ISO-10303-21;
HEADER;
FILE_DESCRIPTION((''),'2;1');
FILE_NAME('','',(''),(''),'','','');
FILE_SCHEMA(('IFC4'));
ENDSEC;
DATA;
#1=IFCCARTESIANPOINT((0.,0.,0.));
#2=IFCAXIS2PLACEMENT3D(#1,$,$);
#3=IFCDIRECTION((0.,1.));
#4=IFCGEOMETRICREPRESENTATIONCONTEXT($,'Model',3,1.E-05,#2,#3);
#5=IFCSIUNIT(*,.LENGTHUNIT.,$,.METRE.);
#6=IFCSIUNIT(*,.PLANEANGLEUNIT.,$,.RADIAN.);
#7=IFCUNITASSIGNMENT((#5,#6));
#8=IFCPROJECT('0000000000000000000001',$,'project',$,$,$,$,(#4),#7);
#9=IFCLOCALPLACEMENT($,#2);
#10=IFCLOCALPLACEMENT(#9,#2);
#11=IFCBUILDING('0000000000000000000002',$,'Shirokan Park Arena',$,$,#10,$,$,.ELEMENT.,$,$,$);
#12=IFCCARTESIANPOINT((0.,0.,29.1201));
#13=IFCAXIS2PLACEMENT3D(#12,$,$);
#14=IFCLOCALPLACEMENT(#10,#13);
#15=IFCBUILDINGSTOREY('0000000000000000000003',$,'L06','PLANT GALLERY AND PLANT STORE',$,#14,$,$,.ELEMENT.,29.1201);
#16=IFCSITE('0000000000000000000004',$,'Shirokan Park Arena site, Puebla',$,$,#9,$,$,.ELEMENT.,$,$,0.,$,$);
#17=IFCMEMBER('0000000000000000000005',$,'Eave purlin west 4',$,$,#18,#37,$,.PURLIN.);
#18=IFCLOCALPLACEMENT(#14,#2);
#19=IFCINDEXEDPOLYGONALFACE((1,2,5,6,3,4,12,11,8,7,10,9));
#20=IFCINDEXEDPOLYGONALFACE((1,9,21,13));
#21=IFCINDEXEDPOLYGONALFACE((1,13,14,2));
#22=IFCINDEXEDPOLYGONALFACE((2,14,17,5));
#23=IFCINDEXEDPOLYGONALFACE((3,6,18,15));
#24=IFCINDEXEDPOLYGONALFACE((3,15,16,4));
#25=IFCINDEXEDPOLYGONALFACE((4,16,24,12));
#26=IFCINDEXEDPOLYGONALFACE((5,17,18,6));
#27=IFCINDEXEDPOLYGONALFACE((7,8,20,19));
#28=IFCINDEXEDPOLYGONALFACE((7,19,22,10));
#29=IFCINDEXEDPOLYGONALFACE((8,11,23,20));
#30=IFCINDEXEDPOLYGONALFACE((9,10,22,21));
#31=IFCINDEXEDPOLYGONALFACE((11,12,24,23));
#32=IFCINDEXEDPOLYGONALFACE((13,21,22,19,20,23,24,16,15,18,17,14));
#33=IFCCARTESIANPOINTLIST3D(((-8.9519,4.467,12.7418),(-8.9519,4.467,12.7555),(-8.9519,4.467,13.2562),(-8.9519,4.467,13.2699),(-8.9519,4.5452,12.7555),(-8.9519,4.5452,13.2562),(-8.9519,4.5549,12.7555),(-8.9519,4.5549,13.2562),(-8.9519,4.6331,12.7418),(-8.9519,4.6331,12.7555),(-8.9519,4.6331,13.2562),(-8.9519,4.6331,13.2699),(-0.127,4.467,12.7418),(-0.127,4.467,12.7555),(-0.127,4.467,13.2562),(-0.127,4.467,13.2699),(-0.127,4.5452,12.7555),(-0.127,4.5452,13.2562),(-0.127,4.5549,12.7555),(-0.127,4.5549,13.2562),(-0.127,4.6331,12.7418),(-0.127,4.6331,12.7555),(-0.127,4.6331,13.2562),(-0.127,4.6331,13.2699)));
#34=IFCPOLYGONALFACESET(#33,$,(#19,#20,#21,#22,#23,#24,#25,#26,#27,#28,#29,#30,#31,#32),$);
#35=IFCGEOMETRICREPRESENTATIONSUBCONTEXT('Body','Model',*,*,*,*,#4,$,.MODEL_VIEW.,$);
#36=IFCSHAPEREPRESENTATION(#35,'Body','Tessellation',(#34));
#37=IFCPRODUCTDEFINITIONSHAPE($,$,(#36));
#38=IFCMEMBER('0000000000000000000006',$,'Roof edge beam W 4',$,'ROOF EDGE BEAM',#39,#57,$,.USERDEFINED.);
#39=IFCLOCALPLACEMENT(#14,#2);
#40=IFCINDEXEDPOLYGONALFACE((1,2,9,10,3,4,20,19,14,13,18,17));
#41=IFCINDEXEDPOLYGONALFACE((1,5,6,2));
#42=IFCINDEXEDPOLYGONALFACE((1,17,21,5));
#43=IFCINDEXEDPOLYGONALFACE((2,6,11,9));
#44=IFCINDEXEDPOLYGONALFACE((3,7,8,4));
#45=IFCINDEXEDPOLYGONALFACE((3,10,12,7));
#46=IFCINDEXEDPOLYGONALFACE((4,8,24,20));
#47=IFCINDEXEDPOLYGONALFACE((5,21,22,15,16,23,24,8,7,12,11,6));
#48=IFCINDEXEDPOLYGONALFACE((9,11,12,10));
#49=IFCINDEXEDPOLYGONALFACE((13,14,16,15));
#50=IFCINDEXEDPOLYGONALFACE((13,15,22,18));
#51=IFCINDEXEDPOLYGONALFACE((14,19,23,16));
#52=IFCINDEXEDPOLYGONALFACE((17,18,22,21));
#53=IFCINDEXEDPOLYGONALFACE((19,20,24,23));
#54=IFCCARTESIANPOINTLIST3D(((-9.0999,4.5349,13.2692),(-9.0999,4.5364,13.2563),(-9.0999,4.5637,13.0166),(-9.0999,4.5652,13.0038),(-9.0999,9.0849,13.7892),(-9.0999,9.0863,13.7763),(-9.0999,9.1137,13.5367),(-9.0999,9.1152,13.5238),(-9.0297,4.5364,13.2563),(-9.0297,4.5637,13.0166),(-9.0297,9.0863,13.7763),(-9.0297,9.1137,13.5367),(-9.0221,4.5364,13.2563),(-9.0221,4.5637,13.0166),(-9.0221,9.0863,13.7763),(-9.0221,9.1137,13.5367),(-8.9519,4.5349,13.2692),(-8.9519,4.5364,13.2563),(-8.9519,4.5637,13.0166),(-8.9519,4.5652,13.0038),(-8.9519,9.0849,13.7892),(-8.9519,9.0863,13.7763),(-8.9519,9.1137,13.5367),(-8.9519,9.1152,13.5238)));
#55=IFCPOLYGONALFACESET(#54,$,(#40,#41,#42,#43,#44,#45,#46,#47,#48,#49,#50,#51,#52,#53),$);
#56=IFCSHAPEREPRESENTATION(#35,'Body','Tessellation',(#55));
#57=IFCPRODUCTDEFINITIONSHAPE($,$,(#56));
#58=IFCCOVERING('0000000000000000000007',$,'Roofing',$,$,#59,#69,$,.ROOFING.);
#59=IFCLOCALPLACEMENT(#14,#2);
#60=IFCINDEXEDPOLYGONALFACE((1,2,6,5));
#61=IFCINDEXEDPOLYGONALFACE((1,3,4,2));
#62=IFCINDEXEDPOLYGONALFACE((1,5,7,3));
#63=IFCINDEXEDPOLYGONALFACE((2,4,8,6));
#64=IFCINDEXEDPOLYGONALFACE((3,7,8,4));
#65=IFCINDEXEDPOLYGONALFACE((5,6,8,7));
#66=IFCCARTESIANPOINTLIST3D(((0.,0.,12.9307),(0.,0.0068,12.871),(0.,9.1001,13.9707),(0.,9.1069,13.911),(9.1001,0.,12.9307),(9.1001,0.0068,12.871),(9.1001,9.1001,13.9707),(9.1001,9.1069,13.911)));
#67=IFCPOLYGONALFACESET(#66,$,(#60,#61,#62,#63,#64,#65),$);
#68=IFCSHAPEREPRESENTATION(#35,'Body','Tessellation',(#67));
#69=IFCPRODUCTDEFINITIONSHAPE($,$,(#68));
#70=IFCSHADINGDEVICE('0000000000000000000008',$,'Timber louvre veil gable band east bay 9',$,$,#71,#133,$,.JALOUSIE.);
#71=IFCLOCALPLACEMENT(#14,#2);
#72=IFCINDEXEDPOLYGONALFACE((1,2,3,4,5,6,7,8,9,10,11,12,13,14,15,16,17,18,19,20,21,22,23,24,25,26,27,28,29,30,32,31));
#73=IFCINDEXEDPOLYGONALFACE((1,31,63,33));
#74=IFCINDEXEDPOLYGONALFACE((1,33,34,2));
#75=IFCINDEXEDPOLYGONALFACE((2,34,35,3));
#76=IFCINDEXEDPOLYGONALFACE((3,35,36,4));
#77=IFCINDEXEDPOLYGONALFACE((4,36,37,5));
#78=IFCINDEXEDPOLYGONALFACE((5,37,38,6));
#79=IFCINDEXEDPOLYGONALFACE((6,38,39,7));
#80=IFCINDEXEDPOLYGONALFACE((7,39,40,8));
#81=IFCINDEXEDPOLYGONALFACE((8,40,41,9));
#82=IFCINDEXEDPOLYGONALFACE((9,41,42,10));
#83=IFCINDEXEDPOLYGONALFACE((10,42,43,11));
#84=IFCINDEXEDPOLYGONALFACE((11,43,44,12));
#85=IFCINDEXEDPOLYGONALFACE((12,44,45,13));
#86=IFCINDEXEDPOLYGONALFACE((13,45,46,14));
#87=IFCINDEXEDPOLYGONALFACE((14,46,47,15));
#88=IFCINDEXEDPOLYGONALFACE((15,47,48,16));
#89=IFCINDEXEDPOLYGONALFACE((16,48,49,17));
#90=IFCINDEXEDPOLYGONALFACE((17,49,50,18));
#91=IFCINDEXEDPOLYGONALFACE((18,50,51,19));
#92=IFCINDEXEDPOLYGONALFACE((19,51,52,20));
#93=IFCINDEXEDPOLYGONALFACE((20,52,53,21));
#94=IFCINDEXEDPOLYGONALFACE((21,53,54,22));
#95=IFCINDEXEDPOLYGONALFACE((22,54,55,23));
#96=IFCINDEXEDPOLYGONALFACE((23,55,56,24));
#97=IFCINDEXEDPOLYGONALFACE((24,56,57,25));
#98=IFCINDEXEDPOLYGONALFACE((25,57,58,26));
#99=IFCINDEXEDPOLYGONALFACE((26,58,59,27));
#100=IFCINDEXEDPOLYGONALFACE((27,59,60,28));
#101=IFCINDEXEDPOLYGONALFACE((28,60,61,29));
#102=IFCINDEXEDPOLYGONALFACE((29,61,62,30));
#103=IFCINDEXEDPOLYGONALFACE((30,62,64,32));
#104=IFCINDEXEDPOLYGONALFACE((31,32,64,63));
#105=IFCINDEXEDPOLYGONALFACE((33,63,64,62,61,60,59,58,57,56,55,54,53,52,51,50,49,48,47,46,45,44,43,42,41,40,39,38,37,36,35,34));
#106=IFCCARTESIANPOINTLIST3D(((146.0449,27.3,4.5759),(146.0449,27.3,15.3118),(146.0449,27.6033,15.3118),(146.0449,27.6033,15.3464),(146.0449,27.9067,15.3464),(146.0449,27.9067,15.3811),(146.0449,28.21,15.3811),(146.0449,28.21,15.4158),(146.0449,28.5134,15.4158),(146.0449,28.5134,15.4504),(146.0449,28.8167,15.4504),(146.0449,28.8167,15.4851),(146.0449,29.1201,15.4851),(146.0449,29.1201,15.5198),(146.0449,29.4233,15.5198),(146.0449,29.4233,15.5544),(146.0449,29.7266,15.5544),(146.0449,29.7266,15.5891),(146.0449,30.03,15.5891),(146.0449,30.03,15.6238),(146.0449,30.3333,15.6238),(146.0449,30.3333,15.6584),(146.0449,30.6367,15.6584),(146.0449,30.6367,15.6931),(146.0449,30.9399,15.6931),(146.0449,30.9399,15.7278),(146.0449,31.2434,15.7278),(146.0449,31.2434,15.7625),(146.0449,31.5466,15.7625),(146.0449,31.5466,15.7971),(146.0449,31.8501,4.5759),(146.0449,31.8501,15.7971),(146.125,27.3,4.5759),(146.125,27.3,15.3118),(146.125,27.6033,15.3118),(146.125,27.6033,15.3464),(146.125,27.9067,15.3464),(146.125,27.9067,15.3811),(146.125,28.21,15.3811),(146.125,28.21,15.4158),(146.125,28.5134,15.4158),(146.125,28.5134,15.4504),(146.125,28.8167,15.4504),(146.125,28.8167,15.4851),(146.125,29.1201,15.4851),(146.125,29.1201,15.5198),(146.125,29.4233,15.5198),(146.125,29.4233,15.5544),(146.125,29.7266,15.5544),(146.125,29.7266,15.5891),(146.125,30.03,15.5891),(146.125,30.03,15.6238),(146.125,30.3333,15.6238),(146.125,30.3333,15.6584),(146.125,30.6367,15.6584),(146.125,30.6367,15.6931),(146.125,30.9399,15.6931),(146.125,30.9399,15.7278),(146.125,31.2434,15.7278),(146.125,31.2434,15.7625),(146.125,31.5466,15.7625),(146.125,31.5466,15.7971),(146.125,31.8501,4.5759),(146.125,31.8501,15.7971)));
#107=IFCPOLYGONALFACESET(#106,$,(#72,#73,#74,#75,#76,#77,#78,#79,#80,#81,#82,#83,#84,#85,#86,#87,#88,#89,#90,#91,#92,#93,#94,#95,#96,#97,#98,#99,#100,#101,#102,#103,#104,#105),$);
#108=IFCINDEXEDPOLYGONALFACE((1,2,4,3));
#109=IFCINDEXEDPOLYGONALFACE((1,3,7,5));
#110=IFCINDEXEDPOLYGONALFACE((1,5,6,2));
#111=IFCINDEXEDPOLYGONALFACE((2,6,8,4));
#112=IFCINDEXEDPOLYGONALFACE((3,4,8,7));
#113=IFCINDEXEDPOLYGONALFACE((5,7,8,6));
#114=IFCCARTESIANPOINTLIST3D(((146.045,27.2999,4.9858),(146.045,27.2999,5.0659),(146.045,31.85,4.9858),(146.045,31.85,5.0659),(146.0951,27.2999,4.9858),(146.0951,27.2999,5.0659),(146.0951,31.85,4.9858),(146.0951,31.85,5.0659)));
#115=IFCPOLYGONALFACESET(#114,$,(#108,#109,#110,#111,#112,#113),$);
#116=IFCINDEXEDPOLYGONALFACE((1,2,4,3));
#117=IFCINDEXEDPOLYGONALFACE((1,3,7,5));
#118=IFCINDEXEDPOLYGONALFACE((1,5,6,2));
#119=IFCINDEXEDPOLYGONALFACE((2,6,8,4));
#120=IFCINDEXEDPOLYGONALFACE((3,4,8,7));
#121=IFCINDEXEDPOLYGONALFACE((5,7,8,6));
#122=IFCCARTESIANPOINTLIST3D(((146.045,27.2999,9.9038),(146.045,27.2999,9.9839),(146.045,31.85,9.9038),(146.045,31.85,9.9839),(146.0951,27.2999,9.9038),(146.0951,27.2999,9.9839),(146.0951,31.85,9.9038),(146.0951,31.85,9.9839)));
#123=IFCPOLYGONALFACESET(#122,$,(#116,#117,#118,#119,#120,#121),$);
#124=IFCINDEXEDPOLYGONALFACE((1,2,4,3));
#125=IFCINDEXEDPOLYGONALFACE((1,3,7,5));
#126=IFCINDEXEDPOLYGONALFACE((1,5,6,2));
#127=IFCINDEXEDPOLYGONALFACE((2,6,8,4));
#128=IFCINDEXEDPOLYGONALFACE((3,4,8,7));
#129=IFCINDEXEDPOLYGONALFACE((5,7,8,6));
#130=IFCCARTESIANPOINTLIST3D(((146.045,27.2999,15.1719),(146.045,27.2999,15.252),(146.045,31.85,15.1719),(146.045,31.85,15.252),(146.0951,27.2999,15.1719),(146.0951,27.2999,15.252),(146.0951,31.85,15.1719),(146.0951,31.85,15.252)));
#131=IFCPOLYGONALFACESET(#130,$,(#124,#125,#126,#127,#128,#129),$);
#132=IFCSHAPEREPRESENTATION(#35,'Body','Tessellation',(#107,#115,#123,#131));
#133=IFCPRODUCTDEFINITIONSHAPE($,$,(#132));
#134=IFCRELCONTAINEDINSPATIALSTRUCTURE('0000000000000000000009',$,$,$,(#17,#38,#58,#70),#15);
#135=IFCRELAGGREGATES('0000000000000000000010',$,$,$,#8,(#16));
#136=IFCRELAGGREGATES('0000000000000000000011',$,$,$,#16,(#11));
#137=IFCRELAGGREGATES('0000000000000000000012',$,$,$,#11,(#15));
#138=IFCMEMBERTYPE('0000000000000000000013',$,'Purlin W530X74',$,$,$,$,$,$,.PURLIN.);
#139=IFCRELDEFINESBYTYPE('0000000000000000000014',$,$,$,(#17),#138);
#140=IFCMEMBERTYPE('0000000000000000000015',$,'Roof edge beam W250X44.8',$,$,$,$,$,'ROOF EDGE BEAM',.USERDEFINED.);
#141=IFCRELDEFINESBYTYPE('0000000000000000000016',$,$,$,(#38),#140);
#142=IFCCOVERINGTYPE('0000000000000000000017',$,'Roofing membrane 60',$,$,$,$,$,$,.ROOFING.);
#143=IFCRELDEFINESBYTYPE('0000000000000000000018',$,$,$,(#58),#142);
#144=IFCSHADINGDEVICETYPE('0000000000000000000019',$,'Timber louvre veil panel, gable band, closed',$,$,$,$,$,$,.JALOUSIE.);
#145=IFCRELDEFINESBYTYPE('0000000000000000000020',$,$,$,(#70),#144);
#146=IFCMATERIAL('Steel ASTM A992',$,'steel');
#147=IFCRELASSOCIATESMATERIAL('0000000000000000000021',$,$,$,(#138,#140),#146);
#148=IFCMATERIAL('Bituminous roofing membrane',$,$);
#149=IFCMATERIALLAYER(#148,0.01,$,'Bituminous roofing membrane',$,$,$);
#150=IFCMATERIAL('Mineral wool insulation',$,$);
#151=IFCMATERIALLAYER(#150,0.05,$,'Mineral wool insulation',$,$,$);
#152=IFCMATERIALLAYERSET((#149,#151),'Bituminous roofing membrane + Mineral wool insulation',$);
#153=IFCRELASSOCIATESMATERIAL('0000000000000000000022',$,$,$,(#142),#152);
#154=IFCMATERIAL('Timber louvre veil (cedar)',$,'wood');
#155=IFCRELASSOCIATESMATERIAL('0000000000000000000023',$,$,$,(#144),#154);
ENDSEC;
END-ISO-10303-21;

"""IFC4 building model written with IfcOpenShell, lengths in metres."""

from ifc_helpers import new_model, si_unit, direction, frame, origin, origin_2d, place, context, subcontext, project, spatial, polyline, rectangle, i_section, outline, extrude, material, layer, layer_set, material_profile, profile_set, type_object, element, save


model = new_model("IFC4")

# Units and contexts
model_context = context("Model", 3, precision=1e-05, world=origin(), true_north=direction((0.0, 1.0)))
body_context = subcontext(model_context, "Body", "Model", "MODEL_VIEW")
ifc_project = project(units=[si_unit("LENGTHUNIT", "METRE"), si_unit("PLANEANGLEUNIT", "RADIAN")], contexts=[model_context])

# Site, building, storey
site_placement = place(None, origin())
site = spatial("IfcSite", under=ifc_project, at=site_placement, Name="Shirokan Park Arena site, Puebla", CompositionType="ELEMENT", RefElevation=0.0)
building_placement = place(site_placement, origin())
building = spatial("IfcBuilding", under=site, at=building_placement, Name="Shirokan Park Arena", CompositionType="ELEMENT")
storey_placement = place(building_placement, frame((0.0, 0.0, 29.1201)))
storey = spatial("IfcBuildingStorey", under=building, at=storey_placement, Name="L06", Description="PLANT GALLERY AND PLANT STORE", CompositionType="ELEMENT", Elevation=29.1201)

# Members
ifc_material_1 = material(Name="Steel ASTM A992", Category="steel")
ifc_material_profile_1 = material_profile(ifc_material_1, i_section(OverallWidth=0.166, OverallDepth=0.5281, WebThickness=0.0098, FlangeThickness=0.0137, at=origin_2d()), Name="W530X74")
ifc_profile_set_1 = profile_set([ifc_material_profile_1], Name="Steel ASTM A992")
member_type_1 = type_object("IfcMemberType", Name="Purlin W530X74", PredefinedType="PURLIN", material=ifc_profile_set_1)
member_1_placement = place(storey_placement, frame((-8.9519, 4.55, 13.0059), z_axis=(1.0, 0.0, 0.0), x_axis=(0.0, 1.0, 0.0)))
element("IfcMember", 1, at=member_1_placement, inside=storey, type_object=member_type_1, Name="Eave purlin west 4", PredefinedType="PURLIN", context=body_context, shape_type="SweptSolid", body=[
    extrude(i_section(OverallWidth=0.166, OverallDepth=0.5281, WebThickness=0.0098, FlangeThickness=0.0137, at=origin_2d()), origin(), (0.0, 0.0, 1.0), 8.825),
])
ifc_material_profile_2 = material_profile(ifc_material_1, i_section(OverallWidth=0.1479, OverallDepth=0.2671, WebThickness=0.0076, FlangeThickness=0.0129, at=origin_2d()), Name="W250X44.8")
ifc_profile_set_2 = profile_set([ifc_material_profile_2], Name="Steel ASTM A992")
member_type_2 = type_object("IfcMemberType", Name="Roof edge beam W250X44.8", ElementType="ROOF EDGE BEAM", PredefinedType="USERDEFINED", material=ifc_profile_set_2)
member_2_placement = place(storey_placement, frame((-9.0259, 4.55, 13.1365), z_axis=(0.0, 0.993532, 0.11355), x_axis=(-1.0, 0.0, 0.0)))
element("IfcMember", 2, at=member_2_placement, inside=storey, type_object=member_type_2, Name="Roof edge beam W 4", ObjectType="ROOF EDGE BEAM", PredefinedType="USERDEFINED", context=body_context, shape_type="SweptSolid", body=[
    extrude(i_section(OverallWidth=0.1479, OverallDepth=0.2671, WebThickness=0.0076, FlangeThickness=0.0129, at=origin_2d()), origin(), (0.0, 0.0, 1.0), 4.5796),
])

# Covering
ifc_material_2 = material(Name="Bituminous roofing membrane")
ifc_layer_1 = layer(ifc_material_2, 0.01, Name="Bituminous roofing membrane")
ifc_material_3 = material(Name="Mineral wool insulation")
ifc_layer_2 = layer(ifc_material_3, 0.05, Name="Mineral wool insulation")
ifc_layer_set_1 = layer_set([ifc_layer_1, ifc_layer_2], Name="Bituminous roofing membrane + Mineral wool insulation")
covering_type_1 = type_object("IfcCoveringType", Name="Roofing membrane 60", PredefinedType="ROOFING", material=ifc_layer_set_1)
covering_1_placement = place(storey_placement, frame((0.0, 0.0, 12.9307), z_axis=(0.0, -0.11355, 0.993532), x_axis=(1.0, 0.0, 0.0)))
element("IfcCovering", 3, at=covering_1_placement, inside=storey, type_object=covering_type_1, Name="Roofing", PredefinedType="ROOFING", context=body_context, shape_type="SweptSolid", body=[
    extrude(outline(polyline([(0.0, 0.0), (9.1001, 0.0), (9.1001, 9.1593), (0.0, 9.1593), (0.0, 0.0)])), origin(), (0.0, 0.0, -1.0), 0.0601),
])

# Shading device
ifc_material_4 = material(Name="Timber louvre veil (cedar)", Category="wood")
shading_device_type = type_object("IfcShadingDeviceType", Name="Timber louvre veil panel, gable band, closed", PredefinedType="JALOUSIE", material=ifc_material_4)
shading_device_1_placement = place(storey_placement, origin())
element("IfcShadingDevice", 4, at=shading_device_1_placement, inside=storey, type_object=shading_device_type, Name="Timber louvre veil gable band east bay 9", PredefinedType="JALOUSIE", context=body_context, shape_type="SweptSolid", body=[
    extrude(outline(polyline([(27.6033, 15.3118), (27.3, 15.3118), (27.3, 4.5759), (31.8501, 4.5759), (31.8501, 15.7971), (31.5466, 15.7971), (31.5466, 15.7625), (31.2434, 15.7625), (31.2434, 15.7278), (30.9399, 15.7278), (30.9399, 15.6931), (30.6367, 15.6931), (30.6367, 15.6584), (30.3333, 15.6584), (30.3333, 15.6238), (30.03, 15.6238), (30.03, 15.5891), (29.7266, 15.5891), (29.7266, 15.5544), (29.4233, 15.5544), (29.4233, 15.5198), (29.1201, 15.5198), (29.1201, 15.4851), (28.8167, 15.4851), (28.8167, 15.4504), (28.5134, 15.4504), (28.5134, 15.4158), (28.21, 15.4158), (28.21, 15.3811), (27.9067, 15.3811), (27.9067, 15.3464), (27.6033, 15.3464), (27.6033, 15.3118)])), frame((146.0449, 0.0, 0.0), z_axis=(1.0, 0.0, 0.0), x_axis=(0.0, 1.0, 0.0)), (0.0, 0.0, 1.0), 0.0801),
    extrude(rectangle(XDim=0.05, YDim=4.55, at=origin_2d()), frame((146.0701, 29.575, 4.9858), z_axis=(0.0, 0.0, 1.0), x_axis=(1.0, 0.0, 0.0)), (0.0, 0.0, 1.0), 0.0801),
    extrude(rectangle(XDim=0.05, YDim=4.55, at=origin_2d()), frame((146.0701, 29.575, 9.9038), z_axis=(0.0, 0.0, 1.0), x_axis=(1.0, 0.0, 0.0)), (0.0, 0.0, 1.0), 0.0801),
    extrude(rectangle(XDim=0.05, YDim=4.55, at=origin_2d()), frame((146.0701, 29.575, 15.1719), z_axis=(0.0, 0.0, 1.0), x_axis=(1.0, 0.0, 0.0)), (0.0, 0.0, 1.0), 0.0801),
])

save(model, "model.ifc")
